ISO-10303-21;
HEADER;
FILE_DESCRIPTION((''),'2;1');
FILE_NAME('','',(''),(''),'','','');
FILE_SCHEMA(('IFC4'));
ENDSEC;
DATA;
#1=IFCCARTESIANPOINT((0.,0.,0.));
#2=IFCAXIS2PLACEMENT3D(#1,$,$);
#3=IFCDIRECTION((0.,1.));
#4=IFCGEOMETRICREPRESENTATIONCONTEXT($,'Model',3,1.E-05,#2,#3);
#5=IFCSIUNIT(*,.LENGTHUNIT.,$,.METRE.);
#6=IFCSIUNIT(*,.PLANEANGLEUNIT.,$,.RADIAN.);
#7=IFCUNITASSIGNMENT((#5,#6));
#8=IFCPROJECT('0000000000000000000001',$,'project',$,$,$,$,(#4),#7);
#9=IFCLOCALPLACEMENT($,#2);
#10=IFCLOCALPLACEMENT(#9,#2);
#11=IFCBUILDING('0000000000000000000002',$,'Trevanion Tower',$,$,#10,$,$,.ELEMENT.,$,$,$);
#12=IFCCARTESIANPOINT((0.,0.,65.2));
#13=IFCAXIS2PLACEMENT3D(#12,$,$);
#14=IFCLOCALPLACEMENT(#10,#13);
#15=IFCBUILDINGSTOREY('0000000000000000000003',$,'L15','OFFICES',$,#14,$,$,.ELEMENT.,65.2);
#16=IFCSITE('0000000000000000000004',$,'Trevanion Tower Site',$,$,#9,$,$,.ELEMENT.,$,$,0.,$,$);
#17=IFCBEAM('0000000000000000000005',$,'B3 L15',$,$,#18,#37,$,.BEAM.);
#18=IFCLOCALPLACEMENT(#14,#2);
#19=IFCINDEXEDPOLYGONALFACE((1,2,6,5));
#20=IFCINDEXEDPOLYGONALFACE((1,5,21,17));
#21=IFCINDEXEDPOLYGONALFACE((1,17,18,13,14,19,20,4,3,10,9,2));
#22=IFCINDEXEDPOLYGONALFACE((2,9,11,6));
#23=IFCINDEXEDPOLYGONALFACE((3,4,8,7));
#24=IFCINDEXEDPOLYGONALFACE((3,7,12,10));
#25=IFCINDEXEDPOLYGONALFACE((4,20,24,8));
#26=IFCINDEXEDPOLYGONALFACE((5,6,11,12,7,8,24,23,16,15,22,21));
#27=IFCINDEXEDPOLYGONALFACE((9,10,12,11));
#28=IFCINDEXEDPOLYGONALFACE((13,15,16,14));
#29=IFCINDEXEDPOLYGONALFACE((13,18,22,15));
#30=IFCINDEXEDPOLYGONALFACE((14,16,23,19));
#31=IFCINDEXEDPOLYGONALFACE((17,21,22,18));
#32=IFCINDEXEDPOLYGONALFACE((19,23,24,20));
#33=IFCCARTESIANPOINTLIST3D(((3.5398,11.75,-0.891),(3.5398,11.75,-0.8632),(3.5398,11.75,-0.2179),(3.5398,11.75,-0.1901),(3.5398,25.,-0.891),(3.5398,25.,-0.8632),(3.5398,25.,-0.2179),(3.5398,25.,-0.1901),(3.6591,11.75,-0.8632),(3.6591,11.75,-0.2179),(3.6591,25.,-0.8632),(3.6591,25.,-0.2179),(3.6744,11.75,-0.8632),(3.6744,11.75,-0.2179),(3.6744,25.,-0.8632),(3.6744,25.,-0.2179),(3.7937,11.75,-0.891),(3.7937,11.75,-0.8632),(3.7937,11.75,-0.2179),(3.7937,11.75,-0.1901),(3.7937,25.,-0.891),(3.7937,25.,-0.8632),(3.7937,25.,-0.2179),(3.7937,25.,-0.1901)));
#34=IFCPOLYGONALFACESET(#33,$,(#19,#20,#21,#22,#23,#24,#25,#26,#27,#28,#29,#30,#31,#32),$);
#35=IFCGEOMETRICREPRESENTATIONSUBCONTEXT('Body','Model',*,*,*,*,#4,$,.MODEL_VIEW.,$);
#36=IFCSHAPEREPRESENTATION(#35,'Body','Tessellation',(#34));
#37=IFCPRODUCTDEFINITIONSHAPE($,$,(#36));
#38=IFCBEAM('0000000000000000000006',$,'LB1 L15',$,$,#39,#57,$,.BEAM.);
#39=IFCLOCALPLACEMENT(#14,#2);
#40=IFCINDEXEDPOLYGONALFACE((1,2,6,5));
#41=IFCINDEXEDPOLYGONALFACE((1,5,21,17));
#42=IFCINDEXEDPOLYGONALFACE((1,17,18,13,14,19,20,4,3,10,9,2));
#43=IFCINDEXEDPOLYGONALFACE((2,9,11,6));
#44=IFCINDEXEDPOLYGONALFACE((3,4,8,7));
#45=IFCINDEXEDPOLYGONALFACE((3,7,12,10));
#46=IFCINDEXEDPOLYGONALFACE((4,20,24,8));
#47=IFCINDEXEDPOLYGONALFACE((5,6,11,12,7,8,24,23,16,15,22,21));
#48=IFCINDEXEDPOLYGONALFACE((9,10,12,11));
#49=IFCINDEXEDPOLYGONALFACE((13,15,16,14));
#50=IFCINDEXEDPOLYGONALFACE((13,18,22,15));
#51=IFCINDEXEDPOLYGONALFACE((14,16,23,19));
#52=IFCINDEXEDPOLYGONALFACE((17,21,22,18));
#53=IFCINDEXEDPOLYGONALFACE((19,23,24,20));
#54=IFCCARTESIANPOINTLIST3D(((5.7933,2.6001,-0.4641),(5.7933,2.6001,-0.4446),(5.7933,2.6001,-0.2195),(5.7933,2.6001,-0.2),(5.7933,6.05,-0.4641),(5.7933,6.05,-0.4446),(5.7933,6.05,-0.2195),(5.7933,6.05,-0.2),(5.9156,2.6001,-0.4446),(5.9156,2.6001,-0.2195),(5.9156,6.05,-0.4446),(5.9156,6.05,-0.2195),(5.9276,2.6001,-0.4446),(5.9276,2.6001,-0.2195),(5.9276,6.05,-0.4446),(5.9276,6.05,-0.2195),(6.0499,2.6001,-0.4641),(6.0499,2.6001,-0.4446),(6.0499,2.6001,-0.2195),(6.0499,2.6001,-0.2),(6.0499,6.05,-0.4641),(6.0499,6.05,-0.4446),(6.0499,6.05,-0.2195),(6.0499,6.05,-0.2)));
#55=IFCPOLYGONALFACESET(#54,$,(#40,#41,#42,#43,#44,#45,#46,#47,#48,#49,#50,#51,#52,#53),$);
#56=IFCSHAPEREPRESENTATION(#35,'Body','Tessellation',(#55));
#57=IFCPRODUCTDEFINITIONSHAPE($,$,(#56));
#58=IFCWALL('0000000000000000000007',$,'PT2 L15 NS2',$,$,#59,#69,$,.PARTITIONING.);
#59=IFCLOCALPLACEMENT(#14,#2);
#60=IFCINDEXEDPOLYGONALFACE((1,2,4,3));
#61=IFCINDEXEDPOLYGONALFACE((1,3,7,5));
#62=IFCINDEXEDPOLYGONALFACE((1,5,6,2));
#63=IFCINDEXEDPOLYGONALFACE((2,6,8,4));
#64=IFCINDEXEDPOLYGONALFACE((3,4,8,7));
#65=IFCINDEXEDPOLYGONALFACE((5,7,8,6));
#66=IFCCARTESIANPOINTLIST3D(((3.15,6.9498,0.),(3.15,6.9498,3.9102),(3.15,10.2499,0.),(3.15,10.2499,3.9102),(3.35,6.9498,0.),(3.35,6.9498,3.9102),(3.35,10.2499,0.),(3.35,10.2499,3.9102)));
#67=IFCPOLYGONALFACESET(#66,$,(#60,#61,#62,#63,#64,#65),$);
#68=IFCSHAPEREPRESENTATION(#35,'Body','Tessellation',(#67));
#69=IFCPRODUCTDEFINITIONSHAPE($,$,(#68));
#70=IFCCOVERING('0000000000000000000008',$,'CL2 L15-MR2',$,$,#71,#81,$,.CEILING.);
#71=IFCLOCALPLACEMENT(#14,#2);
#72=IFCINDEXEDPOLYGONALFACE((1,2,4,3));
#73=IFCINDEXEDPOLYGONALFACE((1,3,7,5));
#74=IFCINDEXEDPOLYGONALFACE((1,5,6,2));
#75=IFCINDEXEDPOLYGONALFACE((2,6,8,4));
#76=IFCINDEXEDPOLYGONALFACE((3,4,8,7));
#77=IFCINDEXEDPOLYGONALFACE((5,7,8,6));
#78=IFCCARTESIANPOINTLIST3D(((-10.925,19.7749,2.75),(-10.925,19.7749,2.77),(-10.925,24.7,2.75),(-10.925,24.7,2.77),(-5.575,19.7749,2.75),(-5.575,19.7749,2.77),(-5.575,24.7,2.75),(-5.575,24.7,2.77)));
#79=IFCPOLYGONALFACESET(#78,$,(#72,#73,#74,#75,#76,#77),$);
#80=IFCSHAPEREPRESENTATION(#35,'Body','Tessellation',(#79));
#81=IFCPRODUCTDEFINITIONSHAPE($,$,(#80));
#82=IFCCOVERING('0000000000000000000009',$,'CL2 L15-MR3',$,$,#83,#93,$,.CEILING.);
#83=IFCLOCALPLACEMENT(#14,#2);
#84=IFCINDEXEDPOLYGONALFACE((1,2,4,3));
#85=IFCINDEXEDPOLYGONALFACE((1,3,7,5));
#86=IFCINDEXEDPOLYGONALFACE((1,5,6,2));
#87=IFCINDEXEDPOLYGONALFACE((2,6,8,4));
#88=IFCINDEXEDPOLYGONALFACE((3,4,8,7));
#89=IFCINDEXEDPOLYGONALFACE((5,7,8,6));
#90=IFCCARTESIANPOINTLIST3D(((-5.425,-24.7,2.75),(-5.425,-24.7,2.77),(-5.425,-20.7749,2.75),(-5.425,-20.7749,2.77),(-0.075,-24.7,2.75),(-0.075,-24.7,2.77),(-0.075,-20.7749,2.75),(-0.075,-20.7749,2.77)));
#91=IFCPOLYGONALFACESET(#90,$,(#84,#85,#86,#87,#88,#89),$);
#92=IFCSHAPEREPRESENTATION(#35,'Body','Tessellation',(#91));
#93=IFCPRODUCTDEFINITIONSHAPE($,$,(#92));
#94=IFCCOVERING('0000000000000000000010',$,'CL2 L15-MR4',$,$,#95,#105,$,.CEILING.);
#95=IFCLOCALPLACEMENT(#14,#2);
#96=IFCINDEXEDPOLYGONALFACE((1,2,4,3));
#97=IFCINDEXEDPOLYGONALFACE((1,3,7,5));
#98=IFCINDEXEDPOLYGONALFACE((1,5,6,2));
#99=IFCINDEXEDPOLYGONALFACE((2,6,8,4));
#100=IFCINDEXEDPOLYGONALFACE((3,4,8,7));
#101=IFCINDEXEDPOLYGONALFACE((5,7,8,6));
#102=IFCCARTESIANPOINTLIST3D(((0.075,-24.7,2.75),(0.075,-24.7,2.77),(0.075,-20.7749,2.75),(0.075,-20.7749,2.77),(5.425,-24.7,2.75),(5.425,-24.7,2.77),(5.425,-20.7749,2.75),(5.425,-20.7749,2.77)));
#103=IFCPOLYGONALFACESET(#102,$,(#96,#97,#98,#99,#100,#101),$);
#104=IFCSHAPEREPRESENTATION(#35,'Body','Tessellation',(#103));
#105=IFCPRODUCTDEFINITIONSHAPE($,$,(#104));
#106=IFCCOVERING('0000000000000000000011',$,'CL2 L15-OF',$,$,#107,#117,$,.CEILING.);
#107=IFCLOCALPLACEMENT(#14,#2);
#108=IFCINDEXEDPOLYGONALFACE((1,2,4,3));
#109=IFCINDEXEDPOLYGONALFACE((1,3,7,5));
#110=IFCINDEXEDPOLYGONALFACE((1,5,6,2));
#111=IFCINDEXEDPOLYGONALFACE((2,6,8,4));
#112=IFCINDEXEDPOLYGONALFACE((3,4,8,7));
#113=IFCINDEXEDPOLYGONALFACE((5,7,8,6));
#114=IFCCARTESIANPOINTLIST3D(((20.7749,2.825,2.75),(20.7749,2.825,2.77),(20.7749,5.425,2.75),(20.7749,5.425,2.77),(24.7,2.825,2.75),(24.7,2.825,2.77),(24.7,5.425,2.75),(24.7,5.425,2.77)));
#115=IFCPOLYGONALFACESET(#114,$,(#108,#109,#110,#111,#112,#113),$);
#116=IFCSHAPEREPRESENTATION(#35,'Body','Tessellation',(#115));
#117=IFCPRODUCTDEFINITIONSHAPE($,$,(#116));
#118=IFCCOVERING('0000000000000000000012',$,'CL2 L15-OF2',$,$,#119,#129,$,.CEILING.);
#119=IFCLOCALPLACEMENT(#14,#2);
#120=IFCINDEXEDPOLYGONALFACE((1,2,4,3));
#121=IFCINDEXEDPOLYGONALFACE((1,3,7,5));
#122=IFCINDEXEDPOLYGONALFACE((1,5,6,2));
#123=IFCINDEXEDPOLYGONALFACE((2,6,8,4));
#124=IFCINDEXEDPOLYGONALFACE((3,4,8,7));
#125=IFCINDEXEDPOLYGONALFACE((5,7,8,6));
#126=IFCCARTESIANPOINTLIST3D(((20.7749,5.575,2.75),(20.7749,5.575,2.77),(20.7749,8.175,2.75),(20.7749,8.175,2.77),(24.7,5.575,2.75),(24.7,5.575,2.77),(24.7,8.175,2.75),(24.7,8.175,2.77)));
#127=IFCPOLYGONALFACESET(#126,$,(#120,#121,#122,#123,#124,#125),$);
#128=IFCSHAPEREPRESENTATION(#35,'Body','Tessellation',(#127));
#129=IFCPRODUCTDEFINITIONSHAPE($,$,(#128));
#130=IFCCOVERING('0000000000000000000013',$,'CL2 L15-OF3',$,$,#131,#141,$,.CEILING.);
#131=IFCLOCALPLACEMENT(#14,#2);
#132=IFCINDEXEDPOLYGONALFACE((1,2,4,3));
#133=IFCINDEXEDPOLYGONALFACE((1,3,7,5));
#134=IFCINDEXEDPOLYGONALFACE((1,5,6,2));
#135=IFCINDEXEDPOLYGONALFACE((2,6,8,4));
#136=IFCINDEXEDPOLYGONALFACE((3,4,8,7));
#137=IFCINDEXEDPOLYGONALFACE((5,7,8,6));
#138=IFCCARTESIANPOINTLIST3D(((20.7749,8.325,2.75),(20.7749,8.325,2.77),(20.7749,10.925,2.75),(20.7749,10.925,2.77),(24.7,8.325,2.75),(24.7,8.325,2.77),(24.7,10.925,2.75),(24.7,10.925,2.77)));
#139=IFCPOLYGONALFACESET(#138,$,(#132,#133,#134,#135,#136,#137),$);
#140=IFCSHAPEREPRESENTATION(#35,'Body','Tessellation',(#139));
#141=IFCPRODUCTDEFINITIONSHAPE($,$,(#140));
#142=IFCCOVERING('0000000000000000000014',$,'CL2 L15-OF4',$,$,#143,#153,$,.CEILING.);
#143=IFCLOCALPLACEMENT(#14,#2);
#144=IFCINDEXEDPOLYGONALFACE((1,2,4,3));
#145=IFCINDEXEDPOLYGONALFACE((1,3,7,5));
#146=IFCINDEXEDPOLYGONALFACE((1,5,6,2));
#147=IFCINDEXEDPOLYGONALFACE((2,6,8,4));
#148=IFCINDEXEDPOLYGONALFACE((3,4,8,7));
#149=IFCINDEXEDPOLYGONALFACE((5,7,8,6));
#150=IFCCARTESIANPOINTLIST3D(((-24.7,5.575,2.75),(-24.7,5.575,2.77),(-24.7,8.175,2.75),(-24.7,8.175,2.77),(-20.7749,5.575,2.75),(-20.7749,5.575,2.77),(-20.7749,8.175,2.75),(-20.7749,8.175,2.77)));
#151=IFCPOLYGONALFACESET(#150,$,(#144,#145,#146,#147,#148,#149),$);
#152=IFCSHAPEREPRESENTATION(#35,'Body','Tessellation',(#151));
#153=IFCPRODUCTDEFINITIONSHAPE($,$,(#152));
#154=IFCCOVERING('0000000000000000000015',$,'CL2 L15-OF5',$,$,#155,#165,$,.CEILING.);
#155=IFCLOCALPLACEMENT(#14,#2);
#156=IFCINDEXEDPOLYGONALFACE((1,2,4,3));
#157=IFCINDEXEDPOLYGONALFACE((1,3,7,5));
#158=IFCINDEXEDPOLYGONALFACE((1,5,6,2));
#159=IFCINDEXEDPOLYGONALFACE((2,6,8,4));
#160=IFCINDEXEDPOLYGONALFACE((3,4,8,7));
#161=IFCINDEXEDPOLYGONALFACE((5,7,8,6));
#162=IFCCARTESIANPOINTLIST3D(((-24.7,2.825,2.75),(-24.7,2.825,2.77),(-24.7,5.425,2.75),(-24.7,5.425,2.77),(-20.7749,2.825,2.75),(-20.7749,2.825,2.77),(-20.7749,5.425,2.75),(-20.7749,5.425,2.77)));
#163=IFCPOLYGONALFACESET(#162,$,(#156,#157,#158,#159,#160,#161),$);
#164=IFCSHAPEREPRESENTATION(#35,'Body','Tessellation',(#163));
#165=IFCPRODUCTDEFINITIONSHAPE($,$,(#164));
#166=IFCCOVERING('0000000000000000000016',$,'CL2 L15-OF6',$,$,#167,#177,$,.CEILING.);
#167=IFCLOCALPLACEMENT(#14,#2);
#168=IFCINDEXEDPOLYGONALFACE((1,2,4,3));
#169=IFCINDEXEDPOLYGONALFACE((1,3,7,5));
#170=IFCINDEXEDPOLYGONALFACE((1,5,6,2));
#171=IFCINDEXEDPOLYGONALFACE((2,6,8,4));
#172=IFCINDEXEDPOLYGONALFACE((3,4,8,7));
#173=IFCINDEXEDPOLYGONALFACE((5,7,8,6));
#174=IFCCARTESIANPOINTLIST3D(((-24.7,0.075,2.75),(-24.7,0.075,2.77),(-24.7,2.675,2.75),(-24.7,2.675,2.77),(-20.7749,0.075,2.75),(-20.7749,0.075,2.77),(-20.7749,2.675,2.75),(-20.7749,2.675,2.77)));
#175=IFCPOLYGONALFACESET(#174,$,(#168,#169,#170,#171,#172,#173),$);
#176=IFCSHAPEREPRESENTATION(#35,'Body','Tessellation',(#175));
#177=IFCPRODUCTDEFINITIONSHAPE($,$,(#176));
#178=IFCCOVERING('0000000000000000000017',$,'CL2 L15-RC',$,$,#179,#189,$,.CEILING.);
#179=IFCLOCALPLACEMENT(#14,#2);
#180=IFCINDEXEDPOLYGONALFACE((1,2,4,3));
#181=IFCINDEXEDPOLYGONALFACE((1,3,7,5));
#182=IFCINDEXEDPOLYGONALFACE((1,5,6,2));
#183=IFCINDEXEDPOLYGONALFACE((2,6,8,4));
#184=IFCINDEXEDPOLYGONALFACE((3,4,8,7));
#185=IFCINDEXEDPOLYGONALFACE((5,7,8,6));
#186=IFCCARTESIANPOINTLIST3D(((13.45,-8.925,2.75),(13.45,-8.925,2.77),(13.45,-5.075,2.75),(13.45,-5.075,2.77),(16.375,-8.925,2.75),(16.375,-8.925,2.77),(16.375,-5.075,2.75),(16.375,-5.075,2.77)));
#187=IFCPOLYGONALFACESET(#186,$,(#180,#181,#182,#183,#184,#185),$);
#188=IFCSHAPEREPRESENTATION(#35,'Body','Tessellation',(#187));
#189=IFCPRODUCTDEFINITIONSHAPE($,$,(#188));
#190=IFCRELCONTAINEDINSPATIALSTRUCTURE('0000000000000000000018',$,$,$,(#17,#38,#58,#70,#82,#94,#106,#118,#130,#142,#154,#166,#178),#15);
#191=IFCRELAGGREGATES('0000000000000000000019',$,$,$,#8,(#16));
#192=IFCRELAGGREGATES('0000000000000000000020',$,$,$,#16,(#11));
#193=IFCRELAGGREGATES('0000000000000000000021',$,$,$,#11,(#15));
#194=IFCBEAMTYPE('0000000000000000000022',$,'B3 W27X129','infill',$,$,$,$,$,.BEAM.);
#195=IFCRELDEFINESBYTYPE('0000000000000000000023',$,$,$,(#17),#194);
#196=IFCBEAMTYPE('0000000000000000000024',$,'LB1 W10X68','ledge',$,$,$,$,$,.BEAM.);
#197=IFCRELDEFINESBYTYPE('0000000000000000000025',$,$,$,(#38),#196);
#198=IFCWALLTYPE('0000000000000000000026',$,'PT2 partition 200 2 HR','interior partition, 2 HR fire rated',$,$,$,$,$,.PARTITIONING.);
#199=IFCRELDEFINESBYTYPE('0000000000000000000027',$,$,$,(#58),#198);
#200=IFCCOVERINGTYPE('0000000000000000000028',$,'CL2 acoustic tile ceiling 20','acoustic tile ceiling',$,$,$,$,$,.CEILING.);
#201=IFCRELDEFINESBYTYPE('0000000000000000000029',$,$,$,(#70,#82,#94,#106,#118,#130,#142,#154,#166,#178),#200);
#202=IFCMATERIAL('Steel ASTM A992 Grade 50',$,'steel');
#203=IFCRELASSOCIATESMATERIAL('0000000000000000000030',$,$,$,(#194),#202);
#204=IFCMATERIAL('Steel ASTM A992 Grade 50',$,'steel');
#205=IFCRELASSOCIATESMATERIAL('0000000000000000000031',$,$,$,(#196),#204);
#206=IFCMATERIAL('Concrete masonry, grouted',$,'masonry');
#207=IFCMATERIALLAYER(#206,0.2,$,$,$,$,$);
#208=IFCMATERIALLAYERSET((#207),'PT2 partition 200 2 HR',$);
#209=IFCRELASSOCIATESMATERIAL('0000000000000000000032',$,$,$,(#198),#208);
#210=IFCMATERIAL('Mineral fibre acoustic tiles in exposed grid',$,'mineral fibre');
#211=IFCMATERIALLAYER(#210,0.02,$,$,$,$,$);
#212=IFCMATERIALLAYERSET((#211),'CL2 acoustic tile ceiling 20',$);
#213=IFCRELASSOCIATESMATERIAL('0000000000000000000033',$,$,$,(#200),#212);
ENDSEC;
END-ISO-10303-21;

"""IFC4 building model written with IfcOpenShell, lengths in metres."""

from ifc_helpers import new_model, si_unit, direction, frame, frame_2d, origin, origin_2d, place, context, subcontext, project, spatial, polyline, rectangle, i_section, outline, extrude, material, layer, layer_set, material_profile, profile_set, type_object, element, save


model = new_model("IFC4")

# Units and contexts
model_context = context("Model", 3, precision=1e-05, world=origin(), true_north=direction((0.0, 1.0)))
body_context = subcontext(model_context, "Body", "Model", "MODEL_VIEW")
ifc_project = project(units=[si_unit("LENGTHUNIT", "METRE"), si_unit("PLANEANGLEUNIT", "RADIAN")], contexts=[model_context])

# Site, building, storey
site_placement = place(None, origin())
site = spatial("IfcSite", under=ifc_project, at=site_placement, Name="Trevanion Tower Site", CompositionType="ELEMENT", RefElevation=0.0)
building_placement = place(site_placement, origin())
building = spatial("IfcBuilding", under=site, at=building_placement, Name="Trevanion Tower", CompositionType="ELEMENT")
storey_placement = place(building_placement, frame((0.0, 0.0, 65.2)))
storey = spatial("IfcBuildingStorey", under=building, at=storey_placement, Name="L15", Description="OFFICES", CompositionType="ELEMENT", Elevation=65.2)

# Beams
ifc_material_1 = material(Name="Steel ASTM A992 Grade 50", Category="steel")
ifc_material_profile_1 = material_profile(ifc_material_1, i_section(OverallWidth=0.2539, OverallDepth=0.7009, WebThickness=0.0154, FlangeThickness=0.0278, at=origin_2d()), Name="W27X129")
ifc_profile_set_1 = profile_set([ifc_material_profile_1], Name="Steel ASTM A992 Grade 50")
beam_type_1 = type_object("IfcBeamType", Name="B3 W27X129", Description="infill", PredefinedType="BEAM", material=ifc_profile_set_1)
beam_1_placement = place(storey_placement, frame((3.6667, 11.75, -0.5405), z_axis=(0.0, 1.0, 0.0), x_axis=(-1.0, 0.0, 0.0)))
element("IfcBeam", 1, at=beam_1_placement, inside=storey, type_object=beam_type_1, Name="B3 L15", PredefinedType="BEAM", context=body_context, shape_type="SweptSolid", body=[
    extrude(i_section(OverallWidth=0.2539, OverallDepth=0.7009, WebThickness=0.0154, FlangeThickness=0.0278, at=origin_2d()), origin(), (0.0, 0.0, 1.0), 13.25),
])
ifc_material_2 = material(Name="Steel ASTM A992 Grade 50", Category="steel")
ifc_material_profile_2 = material_profile(ifc_material_2, i_section(OverallWidth=0.2566, OverallDepth=0.2642, WebThickness=0.012, FlangeThickness=0.0195, at=origin_2d()), Name="W10X68")
ifc_profile_set_2 = profile_set([ifc_material_profile_2], Name="Steel ASTM A992 Grade 50")
beam_type_2 = type_object("IfcBeamType", Name="LB1 W10X68", Description="ledge", PredefinedType="BEAM", material=ifc_profile_set_2)
beam_2_placement = place(storey_placement, frame((5.9216, 2.6001, -0.332), z_axis=(0.0, 1.0, 0.0), x_axis=(-1.0, 0.0, 0.0)))
element("IfcBeam", 2, at=beam_2_placement, inside=storey, type_object=beam_type_2, Name="LB1 L15", PredefinedType="BEAM", context=body_context, shape_type="SweptSolid", body=[
    extrude(i_section(OverallWidth=0.2566, OverallDepth=0.2642, WebThickness=0.012, FlangeThickness=0.0195, at=origin_2d()), origin(), (0.0, 0.0, 1.0), 3.45),
])

# Wall
ifc_material_3 = material(Name="Concrete masonry, grouted", Category="masonry")
ifc_layer_1 = layer(ifc_material_3, 0.2)
ifc_layer_set_1 = layer_set([ifc_layer_1], Name="PT2 partition 200 2 HR")
wall_type = type_object("IfcWallType", Name="PT2 partition 200 2 HR", Description="interior partition, 2 HR fire rated", PredefinedType="PARTITIONING", material=ifc_layer_set_1)
wall_placement = place(storey_placement, frame((3.25, 6.95, 0.0), z_axis=(0.0, 0.0, 1.0), x_axis=(0.0, 1.0, 0.0)))
element("IfcWall", 3, at=wall_placement, inside=storey, type_object=wall_type, Name="PT2 L15 NS2", PredefinedType="PARTITIONING", context=body_context, shape_type="SweptSolid", body=[
    extrude(rectangle(XDim=3.3, YDim=0.2, at=frame_2d((1.6499, 0.0))), origin(), (0.0, 0.0, 1.0), 3.9102),
])

# Coverings
ifc_material_4 = material(Name="Mineral fibre acoustic tiles in exposed grid", Category="mineral fibre")
ifc_layer_2 = layer(ifc_material_4, 0.02)
ifc_layer_set_2 = layer_set([ifc_layer_2], Name="CL2 acoustic tile ceiling 20")
covering_type_1 = type_object("IfcCoveringType", Name="CL2 acoustic tile ceiling 20", Description="acoustic tile ceiling", PredefinedType="CEILING", material=ifc_layer_set_2)
covering_1_placement = place(storey_placement, frame((0.0, 0.0, 2.75)))
element("IfcCovering", 4, at=covering_1_placement, inside=storey, type_object=covering_type_1, Name="CL2 L15-MR2", PredefinedType="CEILING", context=body_context, shape_type="SweptSolid", body=[
    extrude(outline(polyline([(-5.575, 19.7749), (-10.925, 19.7749), (-10.925, 24.7), (-5.575, 24.7), (-5.575, 19.7749)])), origin(), (0.0, 0.0, 1.0), 0.02),
])
covering_2_placement = place(storey_placement, frame((0.0, 0.0, 2.75)))
element("IfcCovering", 5, at=covering_2_placement, inside=storey, type_object=covering_type_1, Name="CL2 L15-MR3", PredefinedType="CEILING", context=body_context, shape_type="SweptSolid", body=[
    extrude(outline(polyline([(-5.425, -20.7749), (-0.075, -20.7749), (-0.075, -24.7), (-5.425, -24.7), (-5.425, -20.7749)])), origin(), (0.0, 0.0, 1.0), 0.02),
])
covering_3_placement = place(storey_placement, frame((0.0, 0.0, 2.75)))
element("IfcCovering", 6, at=covering_3_placement, inside=storey, type_object=covering_type_1, Name="CL2 L15-MR4", PredefinedType="CEILING", context=body_context, shape_type="SweptSolid", body=[
    extrude(outline(polyline([(0.075, -20.7749), (5.425, -20.7749), (5.425, -24.7), (0.075, -24.7), (0.075, -20.7749)])), origin(), (0.0, 0.0, 1.0), 0.02),
])
covering_4_placement = place(storey_placement, frame((0.0, 0.0, 2.75)))
element("IfcCovering", 7, at=covering_4_placement, inside=storey, type_object=covering_type_1, Name="CL2 L15-OF", PredefinedType="CEILING", context=body_context, shape_type="SweptSolid", body=[
    extrude(outline(polyline([(20.7749, 2.825), (20.7749, 5.425), (24.7, 5.425), (24.7, 2.825), (20.7749, 2.825)])), origin(), (0.0, 0.0, 1.0), 0.02),
])
covering_5_placement = place(storey_placement, frame((0.0, 0.0, 2.75)))
element("IfcCovering", 8, at=covering_5_placement, inside=storey, type_object=covering_type_1, Name="CL2 L15-OF2", PredefinedType="CEILING", context=body_context, shape_type="SweptSolid", body=[
    extrude(outline(polyline([(20.7749, 5.575), (20.7749, 8.175), (24.7, 8.175), (24.7, 5.575), (20.7749, 5.575)])), origin(), (0.0, 0.0, 1.0), 0.02),
])
covering_6_placement = place(storey_placement, frame((0.0, 0.0, 2.75)))
element("IfcCovering", 9, at=covering_6_placement, inside=storey, type_object=covering_type_1, Name="CL2 L15-OF3", PredefinedType="CEILING", context=body_context, shape_type="SweptSolid", body=[
    extrude(outline(polyline([(20.7749, 8.325), (20.7749, 10.925), (24.7, 10.925), (24.7, 8.325), (20.7749, 8.325)])), origin(), (0.0, 0.0, 1.0), 0.02),
])
covering_7_placement = place(storey_placement, frame((0.0, 0.0, 2.75)))
element("IfcCovering", 10, at=covering_7_placement, inside=storey, type_object=covering_type_1, Name="CL2 L15-OF4", PredefinedType="CEILING", context=body_context, shape_type="SweptSolid", body=[
    extrude(outline(polyline([(-20.7749, 8.175), (-20.7749, 5.575), (-24.7, 5.575), (-24.7, 8.175), (-20.7749, 8.175)])), origin(), (0.0, 0.0, 1.0), 0.02),
])
covering_8_placement = place(storey_placement, frame((0.0, 0.0, 2.75)))
element("IfcCovering", 11, at=covering_8_placement, inside=storey, type_object=covering_type_1, Name="CL2 L15-OF5", PredefinedType="CEILING", context=body_context, shape_type="SweptSolid", body=[
    extrude(outline(polyline([(-20.7749, 5.425), (-20.7749, 2.825), (-24.7, 2.825), (-24.7, 5.425), (-20.7749, 5.425)])), origin(), (0.0, 0.0, 1.0), 0.02),
])
covering_9_placement = place(storey_placement, frame((0.0, 0.0, 2.75)))
element("IfcCovering", 12, at=covering_9_placement, inside=storey, type_object=covering_type_1, Name="CL2 L15-OF6", PredefinedType="CEILING", context=body_context, shape_type="SweptSolid", body=[
    extrude(outline(polyline([(-20.7749, 2.675), (-20.7749, 0.075), (-24.7, 0.075), (-24.7, 2.675), (-20.7749, 2.675)])), origin(), (0.0, 0.0, 1.0), 0.02),
])
covering_10_placement = place(storey_placement, frame((0.0, 0.0, 2.75)))
element("IfcCovering", 13, at=covering_10_placement, inside=storey, type_object=covering_type_1, Name="CL2 L15-RC", PredefinedType="CEILING", context=body_context, shape_type="SweptSolid", body=[
    extrude(outline(polyline([(13.45, -8.925), (13.45, -5.075), (16.375, -5.075), (16.375, -8.925), (13.45, -8.925)])), origin(), (0.0, 0.0, 1.0), 0.02),
])

save(model, "model.ifc")
